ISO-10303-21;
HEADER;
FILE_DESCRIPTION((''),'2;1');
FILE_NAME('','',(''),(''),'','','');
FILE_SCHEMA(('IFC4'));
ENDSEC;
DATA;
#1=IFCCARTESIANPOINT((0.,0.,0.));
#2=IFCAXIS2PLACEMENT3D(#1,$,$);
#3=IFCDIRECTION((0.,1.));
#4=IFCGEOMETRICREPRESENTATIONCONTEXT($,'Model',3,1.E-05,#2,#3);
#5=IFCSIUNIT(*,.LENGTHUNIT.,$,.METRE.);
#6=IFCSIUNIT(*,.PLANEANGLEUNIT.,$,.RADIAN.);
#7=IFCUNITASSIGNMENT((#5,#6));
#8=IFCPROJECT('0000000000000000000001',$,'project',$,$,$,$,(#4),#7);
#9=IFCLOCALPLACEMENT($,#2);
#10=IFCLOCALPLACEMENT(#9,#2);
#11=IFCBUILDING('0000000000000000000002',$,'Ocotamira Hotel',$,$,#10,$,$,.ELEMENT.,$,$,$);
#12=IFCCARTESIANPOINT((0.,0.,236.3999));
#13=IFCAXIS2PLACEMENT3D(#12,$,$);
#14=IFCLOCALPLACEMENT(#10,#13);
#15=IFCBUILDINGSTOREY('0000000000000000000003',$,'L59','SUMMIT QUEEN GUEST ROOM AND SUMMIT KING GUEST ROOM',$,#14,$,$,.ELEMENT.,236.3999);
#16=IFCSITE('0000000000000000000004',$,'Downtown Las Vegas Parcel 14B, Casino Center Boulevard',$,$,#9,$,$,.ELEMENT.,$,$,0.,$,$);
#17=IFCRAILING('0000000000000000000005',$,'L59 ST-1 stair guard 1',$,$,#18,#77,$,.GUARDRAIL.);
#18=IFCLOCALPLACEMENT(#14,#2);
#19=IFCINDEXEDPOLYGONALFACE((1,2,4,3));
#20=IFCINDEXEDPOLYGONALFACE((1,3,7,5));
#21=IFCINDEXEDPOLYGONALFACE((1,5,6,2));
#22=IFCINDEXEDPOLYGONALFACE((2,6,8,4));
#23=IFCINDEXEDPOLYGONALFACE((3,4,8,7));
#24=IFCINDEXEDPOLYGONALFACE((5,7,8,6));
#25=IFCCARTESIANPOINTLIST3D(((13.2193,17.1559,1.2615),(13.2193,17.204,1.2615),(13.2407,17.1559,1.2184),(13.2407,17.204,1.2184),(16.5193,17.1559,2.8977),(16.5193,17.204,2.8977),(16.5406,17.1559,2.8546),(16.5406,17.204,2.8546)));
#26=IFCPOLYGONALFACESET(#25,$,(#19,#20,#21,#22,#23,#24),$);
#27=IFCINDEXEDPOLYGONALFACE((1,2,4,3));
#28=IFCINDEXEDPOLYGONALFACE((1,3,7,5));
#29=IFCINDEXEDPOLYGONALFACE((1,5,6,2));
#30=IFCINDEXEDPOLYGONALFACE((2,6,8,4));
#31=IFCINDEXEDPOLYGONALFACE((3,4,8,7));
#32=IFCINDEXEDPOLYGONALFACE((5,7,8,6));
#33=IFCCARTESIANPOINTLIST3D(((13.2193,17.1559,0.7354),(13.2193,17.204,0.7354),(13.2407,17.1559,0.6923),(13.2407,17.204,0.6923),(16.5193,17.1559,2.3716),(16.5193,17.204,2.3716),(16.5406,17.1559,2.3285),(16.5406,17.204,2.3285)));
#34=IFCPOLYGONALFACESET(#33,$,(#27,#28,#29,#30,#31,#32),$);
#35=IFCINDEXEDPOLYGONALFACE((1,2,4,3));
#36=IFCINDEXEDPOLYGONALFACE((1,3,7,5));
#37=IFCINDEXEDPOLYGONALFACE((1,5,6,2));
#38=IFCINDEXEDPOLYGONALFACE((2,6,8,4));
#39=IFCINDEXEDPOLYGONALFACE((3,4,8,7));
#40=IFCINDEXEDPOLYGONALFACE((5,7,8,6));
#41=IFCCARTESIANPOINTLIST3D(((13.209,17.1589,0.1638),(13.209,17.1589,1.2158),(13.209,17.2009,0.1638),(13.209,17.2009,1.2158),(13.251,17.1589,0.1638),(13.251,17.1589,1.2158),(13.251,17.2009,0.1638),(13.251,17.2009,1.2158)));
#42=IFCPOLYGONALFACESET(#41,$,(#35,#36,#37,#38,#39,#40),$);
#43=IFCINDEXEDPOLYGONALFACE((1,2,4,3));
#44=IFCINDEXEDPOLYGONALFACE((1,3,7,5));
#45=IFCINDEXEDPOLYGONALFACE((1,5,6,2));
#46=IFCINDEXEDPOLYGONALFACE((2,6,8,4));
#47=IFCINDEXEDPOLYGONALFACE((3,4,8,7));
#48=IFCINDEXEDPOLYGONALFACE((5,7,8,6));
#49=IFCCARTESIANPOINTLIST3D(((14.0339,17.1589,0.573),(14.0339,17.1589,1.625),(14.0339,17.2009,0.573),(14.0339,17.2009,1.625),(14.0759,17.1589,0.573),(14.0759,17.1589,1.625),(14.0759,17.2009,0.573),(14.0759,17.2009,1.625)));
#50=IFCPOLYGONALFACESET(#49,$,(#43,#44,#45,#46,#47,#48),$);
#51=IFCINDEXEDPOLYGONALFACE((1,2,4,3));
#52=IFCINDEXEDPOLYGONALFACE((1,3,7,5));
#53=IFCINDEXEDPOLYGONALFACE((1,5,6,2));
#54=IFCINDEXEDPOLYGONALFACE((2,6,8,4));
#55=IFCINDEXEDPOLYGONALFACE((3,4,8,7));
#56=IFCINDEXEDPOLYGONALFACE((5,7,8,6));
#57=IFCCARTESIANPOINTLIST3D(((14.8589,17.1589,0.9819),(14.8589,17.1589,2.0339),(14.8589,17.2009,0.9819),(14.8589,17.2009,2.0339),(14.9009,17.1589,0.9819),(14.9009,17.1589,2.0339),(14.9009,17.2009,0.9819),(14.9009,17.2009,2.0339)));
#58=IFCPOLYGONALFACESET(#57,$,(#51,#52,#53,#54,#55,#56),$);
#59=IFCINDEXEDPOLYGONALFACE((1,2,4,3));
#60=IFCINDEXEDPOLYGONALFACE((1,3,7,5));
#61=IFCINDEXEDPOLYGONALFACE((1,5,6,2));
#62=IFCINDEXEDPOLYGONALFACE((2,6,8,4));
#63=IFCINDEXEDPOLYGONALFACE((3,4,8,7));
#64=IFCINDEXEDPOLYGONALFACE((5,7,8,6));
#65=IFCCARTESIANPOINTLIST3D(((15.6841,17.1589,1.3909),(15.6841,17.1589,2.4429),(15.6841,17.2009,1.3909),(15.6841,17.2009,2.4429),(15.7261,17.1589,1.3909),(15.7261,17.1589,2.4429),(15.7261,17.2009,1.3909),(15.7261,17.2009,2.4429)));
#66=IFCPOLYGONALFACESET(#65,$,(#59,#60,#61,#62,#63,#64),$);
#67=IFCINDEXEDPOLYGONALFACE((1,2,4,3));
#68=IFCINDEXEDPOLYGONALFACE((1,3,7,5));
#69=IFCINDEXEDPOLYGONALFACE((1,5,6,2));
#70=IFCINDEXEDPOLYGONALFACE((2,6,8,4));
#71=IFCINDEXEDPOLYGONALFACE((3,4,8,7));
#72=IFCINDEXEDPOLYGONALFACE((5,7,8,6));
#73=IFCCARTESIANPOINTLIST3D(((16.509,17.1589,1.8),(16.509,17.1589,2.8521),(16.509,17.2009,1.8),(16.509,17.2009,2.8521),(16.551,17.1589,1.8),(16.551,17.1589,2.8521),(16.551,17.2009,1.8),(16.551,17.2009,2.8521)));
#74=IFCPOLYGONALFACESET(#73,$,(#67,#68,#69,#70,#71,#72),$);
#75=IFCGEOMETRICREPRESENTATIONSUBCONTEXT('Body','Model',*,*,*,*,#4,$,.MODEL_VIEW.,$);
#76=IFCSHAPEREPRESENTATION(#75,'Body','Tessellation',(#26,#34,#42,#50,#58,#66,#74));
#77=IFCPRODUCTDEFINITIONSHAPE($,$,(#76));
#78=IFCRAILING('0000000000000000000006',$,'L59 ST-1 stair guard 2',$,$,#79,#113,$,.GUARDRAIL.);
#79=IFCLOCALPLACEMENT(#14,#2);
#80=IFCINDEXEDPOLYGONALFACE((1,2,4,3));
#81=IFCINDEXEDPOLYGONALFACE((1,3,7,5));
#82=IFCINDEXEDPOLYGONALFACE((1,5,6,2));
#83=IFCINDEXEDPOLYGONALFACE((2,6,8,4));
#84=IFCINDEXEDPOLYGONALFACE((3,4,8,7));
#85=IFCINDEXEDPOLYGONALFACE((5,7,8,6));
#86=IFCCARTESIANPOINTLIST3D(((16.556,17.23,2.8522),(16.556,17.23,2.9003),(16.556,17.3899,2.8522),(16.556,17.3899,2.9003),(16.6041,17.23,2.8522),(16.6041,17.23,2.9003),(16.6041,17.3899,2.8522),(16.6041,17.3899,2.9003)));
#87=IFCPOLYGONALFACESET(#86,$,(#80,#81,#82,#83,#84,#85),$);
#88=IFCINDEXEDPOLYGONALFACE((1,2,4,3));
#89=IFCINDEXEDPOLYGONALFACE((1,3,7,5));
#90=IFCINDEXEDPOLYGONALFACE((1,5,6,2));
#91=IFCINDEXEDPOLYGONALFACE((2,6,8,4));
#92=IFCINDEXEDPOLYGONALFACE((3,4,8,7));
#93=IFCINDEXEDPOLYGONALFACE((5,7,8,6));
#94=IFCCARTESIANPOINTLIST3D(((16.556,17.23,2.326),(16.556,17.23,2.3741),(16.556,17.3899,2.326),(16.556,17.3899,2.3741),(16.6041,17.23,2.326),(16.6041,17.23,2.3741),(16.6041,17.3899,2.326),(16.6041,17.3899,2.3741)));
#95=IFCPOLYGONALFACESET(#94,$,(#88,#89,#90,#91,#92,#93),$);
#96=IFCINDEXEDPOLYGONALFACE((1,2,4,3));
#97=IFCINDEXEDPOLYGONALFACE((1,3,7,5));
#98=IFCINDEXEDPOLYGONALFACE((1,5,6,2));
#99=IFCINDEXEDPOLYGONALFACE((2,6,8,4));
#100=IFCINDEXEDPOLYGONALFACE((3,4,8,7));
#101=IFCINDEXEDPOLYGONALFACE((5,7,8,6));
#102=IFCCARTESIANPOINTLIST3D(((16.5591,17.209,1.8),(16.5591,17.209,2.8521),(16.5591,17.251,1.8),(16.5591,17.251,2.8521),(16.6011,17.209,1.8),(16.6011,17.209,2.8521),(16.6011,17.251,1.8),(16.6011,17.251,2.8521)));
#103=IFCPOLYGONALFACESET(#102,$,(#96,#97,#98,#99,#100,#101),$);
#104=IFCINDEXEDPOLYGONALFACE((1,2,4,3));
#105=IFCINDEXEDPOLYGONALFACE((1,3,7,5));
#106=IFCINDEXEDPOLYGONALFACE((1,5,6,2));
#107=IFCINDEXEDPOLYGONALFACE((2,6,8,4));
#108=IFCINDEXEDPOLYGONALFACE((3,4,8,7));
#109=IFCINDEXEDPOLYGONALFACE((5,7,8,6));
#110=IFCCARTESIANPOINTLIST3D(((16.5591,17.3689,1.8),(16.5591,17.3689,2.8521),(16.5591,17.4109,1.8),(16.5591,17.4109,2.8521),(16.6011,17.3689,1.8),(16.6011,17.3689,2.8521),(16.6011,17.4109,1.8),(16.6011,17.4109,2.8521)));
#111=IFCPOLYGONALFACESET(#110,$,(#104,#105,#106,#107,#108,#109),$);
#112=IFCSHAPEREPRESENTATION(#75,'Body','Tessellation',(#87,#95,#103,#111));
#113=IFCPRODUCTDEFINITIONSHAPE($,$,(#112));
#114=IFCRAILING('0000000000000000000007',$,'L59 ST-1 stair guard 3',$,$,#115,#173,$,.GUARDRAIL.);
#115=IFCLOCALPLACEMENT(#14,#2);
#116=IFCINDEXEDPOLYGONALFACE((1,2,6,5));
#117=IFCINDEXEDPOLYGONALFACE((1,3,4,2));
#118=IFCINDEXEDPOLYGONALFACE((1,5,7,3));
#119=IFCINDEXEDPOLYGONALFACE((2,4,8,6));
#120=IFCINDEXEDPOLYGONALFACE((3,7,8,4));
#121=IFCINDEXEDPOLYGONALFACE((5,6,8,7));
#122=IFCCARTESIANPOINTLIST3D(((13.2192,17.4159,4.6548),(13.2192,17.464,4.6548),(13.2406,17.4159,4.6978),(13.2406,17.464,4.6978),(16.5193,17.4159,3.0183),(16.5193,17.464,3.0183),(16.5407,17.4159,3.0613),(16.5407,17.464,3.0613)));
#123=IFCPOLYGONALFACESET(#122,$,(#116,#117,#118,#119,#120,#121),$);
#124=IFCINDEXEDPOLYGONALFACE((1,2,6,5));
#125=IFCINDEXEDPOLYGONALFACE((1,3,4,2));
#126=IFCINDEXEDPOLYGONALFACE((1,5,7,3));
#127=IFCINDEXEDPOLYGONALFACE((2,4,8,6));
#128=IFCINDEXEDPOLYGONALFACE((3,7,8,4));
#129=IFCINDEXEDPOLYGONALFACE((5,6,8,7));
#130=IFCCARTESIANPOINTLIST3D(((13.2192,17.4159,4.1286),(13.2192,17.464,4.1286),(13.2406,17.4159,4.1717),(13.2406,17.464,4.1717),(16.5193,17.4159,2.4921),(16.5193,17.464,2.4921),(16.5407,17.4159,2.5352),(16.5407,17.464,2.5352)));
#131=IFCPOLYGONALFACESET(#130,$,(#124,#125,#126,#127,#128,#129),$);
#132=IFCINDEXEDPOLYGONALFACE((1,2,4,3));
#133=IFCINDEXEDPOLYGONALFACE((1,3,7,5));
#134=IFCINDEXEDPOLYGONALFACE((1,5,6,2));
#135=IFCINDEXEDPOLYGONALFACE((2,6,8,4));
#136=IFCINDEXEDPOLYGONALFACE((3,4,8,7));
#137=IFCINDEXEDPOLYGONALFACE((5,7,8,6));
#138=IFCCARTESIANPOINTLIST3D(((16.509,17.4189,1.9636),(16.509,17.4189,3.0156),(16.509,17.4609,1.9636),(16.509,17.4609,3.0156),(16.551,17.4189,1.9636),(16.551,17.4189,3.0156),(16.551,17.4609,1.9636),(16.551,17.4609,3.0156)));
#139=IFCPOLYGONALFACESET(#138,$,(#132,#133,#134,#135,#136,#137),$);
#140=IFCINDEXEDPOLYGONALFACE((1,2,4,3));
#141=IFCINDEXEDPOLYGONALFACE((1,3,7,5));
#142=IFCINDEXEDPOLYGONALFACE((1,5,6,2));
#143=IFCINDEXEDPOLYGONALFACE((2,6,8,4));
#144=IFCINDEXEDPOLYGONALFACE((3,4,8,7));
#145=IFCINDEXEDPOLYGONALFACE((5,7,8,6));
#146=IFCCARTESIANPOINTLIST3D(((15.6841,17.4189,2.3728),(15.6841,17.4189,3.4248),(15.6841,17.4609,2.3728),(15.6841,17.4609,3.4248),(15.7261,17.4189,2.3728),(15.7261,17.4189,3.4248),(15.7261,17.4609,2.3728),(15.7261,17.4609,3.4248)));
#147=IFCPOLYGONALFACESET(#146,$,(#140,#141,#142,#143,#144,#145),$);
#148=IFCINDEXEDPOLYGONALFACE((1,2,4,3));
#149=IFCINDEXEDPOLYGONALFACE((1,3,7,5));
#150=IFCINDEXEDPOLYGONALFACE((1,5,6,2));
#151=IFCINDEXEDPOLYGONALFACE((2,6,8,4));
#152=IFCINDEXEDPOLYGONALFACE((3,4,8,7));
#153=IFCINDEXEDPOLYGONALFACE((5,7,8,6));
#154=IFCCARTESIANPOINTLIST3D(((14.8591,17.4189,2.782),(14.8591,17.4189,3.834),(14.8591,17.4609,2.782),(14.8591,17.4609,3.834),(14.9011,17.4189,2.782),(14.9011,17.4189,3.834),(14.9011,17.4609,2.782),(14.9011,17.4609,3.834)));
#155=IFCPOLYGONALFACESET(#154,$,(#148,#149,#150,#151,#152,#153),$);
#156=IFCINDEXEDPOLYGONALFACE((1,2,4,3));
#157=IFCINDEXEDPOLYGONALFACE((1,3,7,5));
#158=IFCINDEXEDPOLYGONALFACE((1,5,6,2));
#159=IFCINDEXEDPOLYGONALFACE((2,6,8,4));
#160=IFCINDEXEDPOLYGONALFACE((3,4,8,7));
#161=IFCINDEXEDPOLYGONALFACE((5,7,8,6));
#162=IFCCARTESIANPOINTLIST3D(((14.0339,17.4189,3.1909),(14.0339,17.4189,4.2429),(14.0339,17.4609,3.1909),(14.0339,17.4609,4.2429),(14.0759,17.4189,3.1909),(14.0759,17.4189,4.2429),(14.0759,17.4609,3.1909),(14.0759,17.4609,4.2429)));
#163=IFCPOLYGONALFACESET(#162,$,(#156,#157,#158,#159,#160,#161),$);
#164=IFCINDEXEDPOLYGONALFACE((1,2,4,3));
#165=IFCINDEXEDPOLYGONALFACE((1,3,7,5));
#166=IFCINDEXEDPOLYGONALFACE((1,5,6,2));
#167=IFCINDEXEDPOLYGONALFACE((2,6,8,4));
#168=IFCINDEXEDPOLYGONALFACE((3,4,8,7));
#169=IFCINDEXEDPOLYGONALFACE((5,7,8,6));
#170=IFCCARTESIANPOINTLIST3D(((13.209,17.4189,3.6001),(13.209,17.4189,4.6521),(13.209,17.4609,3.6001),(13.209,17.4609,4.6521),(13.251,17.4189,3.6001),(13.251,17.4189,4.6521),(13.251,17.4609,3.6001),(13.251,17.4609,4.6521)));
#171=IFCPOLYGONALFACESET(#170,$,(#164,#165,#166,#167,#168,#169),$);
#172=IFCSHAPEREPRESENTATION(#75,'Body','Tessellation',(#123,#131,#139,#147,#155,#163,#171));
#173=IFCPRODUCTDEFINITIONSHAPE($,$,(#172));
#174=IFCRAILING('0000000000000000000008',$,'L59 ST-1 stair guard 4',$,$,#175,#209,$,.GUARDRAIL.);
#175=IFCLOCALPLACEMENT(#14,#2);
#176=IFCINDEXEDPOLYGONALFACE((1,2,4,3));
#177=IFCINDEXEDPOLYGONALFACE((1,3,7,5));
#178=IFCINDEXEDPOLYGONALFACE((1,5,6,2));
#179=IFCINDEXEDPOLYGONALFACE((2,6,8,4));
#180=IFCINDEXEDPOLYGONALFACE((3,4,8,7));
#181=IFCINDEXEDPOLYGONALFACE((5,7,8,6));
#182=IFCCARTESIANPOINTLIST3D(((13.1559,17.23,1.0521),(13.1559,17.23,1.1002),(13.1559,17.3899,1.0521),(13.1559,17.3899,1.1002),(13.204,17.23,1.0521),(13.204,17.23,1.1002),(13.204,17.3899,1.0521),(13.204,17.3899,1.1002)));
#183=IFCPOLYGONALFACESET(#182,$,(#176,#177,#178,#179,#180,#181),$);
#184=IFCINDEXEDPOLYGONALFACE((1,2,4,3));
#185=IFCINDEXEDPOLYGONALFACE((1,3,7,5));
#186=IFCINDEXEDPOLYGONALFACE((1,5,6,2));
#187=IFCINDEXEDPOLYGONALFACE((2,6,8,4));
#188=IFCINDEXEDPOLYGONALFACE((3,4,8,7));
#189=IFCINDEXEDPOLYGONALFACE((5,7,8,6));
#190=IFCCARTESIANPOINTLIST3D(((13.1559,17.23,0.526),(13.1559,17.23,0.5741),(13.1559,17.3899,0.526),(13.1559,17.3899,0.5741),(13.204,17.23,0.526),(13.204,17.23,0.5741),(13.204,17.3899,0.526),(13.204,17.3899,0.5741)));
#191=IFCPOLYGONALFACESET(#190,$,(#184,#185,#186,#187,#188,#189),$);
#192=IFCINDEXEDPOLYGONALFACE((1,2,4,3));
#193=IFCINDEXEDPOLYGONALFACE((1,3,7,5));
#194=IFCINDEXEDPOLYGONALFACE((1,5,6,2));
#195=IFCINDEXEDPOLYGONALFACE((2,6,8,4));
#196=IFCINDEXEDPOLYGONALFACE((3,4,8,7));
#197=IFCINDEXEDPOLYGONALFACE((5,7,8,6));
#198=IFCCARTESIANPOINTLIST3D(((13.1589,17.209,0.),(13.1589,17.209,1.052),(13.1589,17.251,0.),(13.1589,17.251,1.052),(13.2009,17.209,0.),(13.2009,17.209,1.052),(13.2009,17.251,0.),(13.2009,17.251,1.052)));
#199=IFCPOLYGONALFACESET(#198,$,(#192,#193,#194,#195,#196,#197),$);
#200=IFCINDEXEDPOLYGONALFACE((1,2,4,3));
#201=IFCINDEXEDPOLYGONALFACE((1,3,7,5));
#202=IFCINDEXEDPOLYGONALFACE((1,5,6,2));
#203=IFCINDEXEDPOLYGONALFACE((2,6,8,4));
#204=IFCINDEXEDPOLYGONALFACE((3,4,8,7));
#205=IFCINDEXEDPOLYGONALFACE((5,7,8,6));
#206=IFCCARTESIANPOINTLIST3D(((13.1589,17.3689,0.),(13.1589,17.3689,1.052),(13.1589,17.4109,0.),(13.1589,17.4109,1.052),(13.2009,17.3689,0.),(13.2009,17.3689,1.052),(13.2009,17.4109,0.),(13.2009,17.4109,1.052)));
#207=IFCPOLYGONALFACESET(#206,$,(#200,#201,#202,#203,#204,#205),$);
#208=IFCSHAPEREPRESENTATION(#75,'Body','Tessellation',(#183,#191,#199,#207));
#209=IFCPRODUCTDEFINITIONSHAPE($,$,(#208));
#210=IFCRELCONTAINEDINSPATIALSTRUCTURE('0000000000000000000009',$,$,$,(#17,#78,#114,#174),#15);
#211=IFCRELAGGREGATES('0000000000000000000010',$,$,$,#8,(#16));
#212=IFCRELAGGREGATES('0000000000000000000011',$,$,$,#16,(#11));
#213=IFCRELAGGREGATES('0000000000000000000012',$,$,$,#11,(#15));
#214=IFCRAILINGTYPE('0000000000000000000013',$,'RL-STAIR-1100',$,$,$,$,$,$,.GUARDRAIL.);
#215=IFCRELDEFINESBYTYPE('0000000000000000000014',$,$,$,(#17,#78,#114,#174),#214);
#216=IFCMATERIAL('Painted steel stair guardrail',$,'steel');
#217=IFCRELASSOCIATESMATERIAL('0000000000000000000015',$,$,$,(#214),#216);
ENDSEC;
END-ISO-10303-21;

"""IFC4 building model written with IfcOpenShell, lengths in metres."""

from ifc_helpers import new_model, si_unit, direction, frame, origin, origin_2d, place, context, subcontext, project, spatial, rectangle, extrude, material, type_object, element, save


model = new_model("IFC4")

# Units and contexts
model_context = context("Model", 3, precision=1e-05, world=origin(), true_north=direction((0.0, 1.0)))
body_context = subcontext(model_context, "Body", "Model", "MODEL_VIEW")
ifc_project = project(units=[si_unit("LENGTHUNIT", "METRE"), si_unit("PLANEANGLEUNIT", "RADIAN")], contexts=[model_context])

# Site, building, storey
site_placement = place(None, origin())
site = spatial("IfcSite", under=ifc_project, at=site_placement, Name="Downtown Las Vegas Parcel 14B, Casino Center Boulevard", CompositionType="ELEMENT", RefElevation=0.0)
building_placement = place(site_placement, origin())
building = spatial("IfcBuilding", under=site, at=building_placement, Name="Ocotamira Hotel", CompositionType="ELEMENT")
storey_placement = place(building_placement, frame((0.0, 0.0, 236.3999)))
storey = spatial("IfcBuildingStorey", under=building, at=storey_placement, Name="L59", Description="SUMMIT QUEEN GUEST ROOM AND SUMMIT KING GUEST ROOM", CompositionType="ELEMENT", Elevation=236.3999)

# Railings
ifc_material_1 = material(Name="Painted steel stair guardrail", Category="steel")
railing_type_1 = type_object("IfcRailingType", Name="RL-STAIR-1100", PredefinedType="GUARDRAIL", material=ifc_material_1)
railing_1_placement = place(storey_placement, frame((13.23, 17.1799, 0.1638)))
element("IfcRailing", 1, at=railing_1_placement, inside=storey, type_object=railing_type_1, Name="L59 ST-1 stair guard 1", PredefinedType="GUARDRAIL", context=body_context, shape_type="SweptSolid", body=[
    extrude(rectangle(XDim=0.0481, YDim=0.0481, at=origin_2d()), frame((0.0, 0.0, 1.0762), z_axis=(0.89592, 0.0, 0.444215), x_axis=(0.0, 1.0, 0.0)), (0.0, 0.0, 1.0), 3.6833),
    extrude(rectangle(XDim=0.0481, YDim=0.0481, at=origin_2d()), frame((0.0, 0.0, 0.55), z_axis=(0.89592, 0.0, 0.444215), x_axis=(0.0, 1.0, 0.0)), (0.0, 0.0, 1.0), 3.6833),
    extrude(rectangle(XDim=0.042, YDim=0.042, at=origin_2d()), origin(), (0.0, 0.0, 1.0), 1.052),
    extrude(rectangle(XDim=0.042, YDim=0.042, at=origin_2d()), frame((0.825, 0.0, 0.4092)), (0.0, 0.0, 1.0), 1.052),
    extrude(rectangle(XDim=0.042, YDim=0.042, at=origin_2d()), frame((1.6499, 0.0, 0.8181)), (0.0, 0.0, 1.0), 1.052),
    extrude(rectangle(XDim=0.042, YDim=0.042, at=origin_2d()), frame((2.4751, 0.0, 1.2271)), (0.0, 0.0, 1.0), 1.052),
    extrude(rectangle(XDim=0.042, YDim=0.042, at=origin_2d()), frame((3.3, 0.0, 1.6362)), (0.0, 0.0, 1.0), 1.052),
])
railing_2_placement = place(storey_placement, frame((16.5801, 17.23, 1.8)))
element("IfcRailing", 2, at=railing_2_placement, inside=storey, type_object=railing_type_1, Name="L59 ST-1 stair guard 2", PredefinedType="GUARDRAIL", context=body_context, shape_type="SweptSolid", body=[
    extrude(rectangle(XDim=0.0481, YDim=0.0481, at=origin_2d()), frame((0.0, 0.0, 1.0762), z_axis=(0.0, 1.0, 0.0), x_axis=(-1.0, 0.0, 0.0)), (0.0, 0.0, 1.0), 0.1599),
    extrude(rectangle(XDim=0.0481, YDim=0.0481, at=origin_2d()), frame((0.0, 0.0, 0.55), z_axis=(0.0, 1.0, 0.0), x_axis=(-1.0, 0.0, 0.0)), (0.0, 0.0, 1.0), 0.1599),
    extrude(rectangle(XDim=0.042, YDim=0.042, at=origin_2d()), origin(), (0.0, 0.0, 1.0), 1.052),
    extrude(rectangle(XDim=0.042, YDim=0.042, at=origin_2d()), frame((0.0, 0.1599, 0.0)), (0.0, 0.0, 1.0), 1.052),
])
railing_3_placement = place(storey_placement, frame((16.53, 17.4399, 1.9636)))
element("IfcRailing", 3, at=railing_3_placement, inside=storey, type_object=railing_type_1, Name="L59 ST-1 stair guard 3", PredefinedType="GUARDRAIL", context=body_context, shape_type="SweptSolid", body=[
    extrude(rectangle(XDim=0.0481, YDim=0.0481, at=origin_2d()), frame((0.0, 0.0, 1.0762), z_axis=(-0.895894, 0.0, 0.444268), x_axis=(0.0, -1.0, 0.0)), (0.0, 0.0, 1.0), 3.6836),
    extrude(rectangle(XDim=0.0481, YDim=0.0481, at=origin_2d()), frame((0.0, 0.0, 0.55), z_axis=(-0.895894, 0.0, 0.444268), x_axis=(0.0, -1.0, 0.0)), (0.0, 0.0, 1.0), 3.6836),
    extrude(rectangle(XDim=0.042, YDim=0.042, at=origin_2d()), origin(), (0.0, 0.0, 1.0), 1.052),
    extrude(rectangle(XDim=0.042, YDim=0.042, at=origin_2d()), frame((-0.825, 0.0, 0.4092)), (0.0, 0.0, 1.0), 1.052),
    extrude(rectangle(XDim=0.042, YDim=0.042, at=origin_2d()), frame((-1.6499, 0.0, 0.8184)), (0.0, 0.0, 1.0), 1.052),
    extrude(rectangle(XDim=0.042, YDim=0.042, at=origin_2d()), frame((-2.4751, 0.0, 1.2273)), (0.0, 0.0, 1.0), 1.052),
    extrude(rectangle(XDim=0.042, YDim=0.042, at=origin_2d()), frame((-3.3, 0.0, 1.6365)), (0.0, 0.0, 1.0), 1.052),
])
railing_4_placement = place(storey_placement, frame((13.1799, 17.23, 0.0)))
element("IfcRailing", 4, at=railing_4_placement, inside=storey, type_object=railing_type_1, Name="L59 ST-1 stair guard 4", PredefinedType="GUARDRAIL", context=body_context, shape_type="SweptSolid", body=[
    extrude(rectangle(XDim=0.0481, YDim=0.0481, at=origin_2d()), frame((0.0, 0.0, 1.0762), z_axis=(0.0, 1.0, 0.0), x_axis=(-1.0, 0.0, 0.0)), (0.0, 0.0, 1.0), 0.1599),
    extrude(rectangle(XDim=0.0481, YDim=0.0481, at=origin_2d()), frame((0.0, 0.0, 0.55), z_axis=(0.0, 1.0, 0.0), x_axis=(-1.0, 0.0, 0.0)), (0.0, 0.0, 1.0), 0.1599),
    extrude(rectangle(XDim=0.042, YDim=0.042, at=origin_2d()), origin(), (0.0, 0.0, 1.0), 1.052),
    extrude(rectangle(XDim=0.042, YDim=0.042, at=origin_2d()), frame((0.0, 0.1599, 0.0)), (0.0, 0.0, 1.0), 1.052),
])

save(model, "model.ifc")
